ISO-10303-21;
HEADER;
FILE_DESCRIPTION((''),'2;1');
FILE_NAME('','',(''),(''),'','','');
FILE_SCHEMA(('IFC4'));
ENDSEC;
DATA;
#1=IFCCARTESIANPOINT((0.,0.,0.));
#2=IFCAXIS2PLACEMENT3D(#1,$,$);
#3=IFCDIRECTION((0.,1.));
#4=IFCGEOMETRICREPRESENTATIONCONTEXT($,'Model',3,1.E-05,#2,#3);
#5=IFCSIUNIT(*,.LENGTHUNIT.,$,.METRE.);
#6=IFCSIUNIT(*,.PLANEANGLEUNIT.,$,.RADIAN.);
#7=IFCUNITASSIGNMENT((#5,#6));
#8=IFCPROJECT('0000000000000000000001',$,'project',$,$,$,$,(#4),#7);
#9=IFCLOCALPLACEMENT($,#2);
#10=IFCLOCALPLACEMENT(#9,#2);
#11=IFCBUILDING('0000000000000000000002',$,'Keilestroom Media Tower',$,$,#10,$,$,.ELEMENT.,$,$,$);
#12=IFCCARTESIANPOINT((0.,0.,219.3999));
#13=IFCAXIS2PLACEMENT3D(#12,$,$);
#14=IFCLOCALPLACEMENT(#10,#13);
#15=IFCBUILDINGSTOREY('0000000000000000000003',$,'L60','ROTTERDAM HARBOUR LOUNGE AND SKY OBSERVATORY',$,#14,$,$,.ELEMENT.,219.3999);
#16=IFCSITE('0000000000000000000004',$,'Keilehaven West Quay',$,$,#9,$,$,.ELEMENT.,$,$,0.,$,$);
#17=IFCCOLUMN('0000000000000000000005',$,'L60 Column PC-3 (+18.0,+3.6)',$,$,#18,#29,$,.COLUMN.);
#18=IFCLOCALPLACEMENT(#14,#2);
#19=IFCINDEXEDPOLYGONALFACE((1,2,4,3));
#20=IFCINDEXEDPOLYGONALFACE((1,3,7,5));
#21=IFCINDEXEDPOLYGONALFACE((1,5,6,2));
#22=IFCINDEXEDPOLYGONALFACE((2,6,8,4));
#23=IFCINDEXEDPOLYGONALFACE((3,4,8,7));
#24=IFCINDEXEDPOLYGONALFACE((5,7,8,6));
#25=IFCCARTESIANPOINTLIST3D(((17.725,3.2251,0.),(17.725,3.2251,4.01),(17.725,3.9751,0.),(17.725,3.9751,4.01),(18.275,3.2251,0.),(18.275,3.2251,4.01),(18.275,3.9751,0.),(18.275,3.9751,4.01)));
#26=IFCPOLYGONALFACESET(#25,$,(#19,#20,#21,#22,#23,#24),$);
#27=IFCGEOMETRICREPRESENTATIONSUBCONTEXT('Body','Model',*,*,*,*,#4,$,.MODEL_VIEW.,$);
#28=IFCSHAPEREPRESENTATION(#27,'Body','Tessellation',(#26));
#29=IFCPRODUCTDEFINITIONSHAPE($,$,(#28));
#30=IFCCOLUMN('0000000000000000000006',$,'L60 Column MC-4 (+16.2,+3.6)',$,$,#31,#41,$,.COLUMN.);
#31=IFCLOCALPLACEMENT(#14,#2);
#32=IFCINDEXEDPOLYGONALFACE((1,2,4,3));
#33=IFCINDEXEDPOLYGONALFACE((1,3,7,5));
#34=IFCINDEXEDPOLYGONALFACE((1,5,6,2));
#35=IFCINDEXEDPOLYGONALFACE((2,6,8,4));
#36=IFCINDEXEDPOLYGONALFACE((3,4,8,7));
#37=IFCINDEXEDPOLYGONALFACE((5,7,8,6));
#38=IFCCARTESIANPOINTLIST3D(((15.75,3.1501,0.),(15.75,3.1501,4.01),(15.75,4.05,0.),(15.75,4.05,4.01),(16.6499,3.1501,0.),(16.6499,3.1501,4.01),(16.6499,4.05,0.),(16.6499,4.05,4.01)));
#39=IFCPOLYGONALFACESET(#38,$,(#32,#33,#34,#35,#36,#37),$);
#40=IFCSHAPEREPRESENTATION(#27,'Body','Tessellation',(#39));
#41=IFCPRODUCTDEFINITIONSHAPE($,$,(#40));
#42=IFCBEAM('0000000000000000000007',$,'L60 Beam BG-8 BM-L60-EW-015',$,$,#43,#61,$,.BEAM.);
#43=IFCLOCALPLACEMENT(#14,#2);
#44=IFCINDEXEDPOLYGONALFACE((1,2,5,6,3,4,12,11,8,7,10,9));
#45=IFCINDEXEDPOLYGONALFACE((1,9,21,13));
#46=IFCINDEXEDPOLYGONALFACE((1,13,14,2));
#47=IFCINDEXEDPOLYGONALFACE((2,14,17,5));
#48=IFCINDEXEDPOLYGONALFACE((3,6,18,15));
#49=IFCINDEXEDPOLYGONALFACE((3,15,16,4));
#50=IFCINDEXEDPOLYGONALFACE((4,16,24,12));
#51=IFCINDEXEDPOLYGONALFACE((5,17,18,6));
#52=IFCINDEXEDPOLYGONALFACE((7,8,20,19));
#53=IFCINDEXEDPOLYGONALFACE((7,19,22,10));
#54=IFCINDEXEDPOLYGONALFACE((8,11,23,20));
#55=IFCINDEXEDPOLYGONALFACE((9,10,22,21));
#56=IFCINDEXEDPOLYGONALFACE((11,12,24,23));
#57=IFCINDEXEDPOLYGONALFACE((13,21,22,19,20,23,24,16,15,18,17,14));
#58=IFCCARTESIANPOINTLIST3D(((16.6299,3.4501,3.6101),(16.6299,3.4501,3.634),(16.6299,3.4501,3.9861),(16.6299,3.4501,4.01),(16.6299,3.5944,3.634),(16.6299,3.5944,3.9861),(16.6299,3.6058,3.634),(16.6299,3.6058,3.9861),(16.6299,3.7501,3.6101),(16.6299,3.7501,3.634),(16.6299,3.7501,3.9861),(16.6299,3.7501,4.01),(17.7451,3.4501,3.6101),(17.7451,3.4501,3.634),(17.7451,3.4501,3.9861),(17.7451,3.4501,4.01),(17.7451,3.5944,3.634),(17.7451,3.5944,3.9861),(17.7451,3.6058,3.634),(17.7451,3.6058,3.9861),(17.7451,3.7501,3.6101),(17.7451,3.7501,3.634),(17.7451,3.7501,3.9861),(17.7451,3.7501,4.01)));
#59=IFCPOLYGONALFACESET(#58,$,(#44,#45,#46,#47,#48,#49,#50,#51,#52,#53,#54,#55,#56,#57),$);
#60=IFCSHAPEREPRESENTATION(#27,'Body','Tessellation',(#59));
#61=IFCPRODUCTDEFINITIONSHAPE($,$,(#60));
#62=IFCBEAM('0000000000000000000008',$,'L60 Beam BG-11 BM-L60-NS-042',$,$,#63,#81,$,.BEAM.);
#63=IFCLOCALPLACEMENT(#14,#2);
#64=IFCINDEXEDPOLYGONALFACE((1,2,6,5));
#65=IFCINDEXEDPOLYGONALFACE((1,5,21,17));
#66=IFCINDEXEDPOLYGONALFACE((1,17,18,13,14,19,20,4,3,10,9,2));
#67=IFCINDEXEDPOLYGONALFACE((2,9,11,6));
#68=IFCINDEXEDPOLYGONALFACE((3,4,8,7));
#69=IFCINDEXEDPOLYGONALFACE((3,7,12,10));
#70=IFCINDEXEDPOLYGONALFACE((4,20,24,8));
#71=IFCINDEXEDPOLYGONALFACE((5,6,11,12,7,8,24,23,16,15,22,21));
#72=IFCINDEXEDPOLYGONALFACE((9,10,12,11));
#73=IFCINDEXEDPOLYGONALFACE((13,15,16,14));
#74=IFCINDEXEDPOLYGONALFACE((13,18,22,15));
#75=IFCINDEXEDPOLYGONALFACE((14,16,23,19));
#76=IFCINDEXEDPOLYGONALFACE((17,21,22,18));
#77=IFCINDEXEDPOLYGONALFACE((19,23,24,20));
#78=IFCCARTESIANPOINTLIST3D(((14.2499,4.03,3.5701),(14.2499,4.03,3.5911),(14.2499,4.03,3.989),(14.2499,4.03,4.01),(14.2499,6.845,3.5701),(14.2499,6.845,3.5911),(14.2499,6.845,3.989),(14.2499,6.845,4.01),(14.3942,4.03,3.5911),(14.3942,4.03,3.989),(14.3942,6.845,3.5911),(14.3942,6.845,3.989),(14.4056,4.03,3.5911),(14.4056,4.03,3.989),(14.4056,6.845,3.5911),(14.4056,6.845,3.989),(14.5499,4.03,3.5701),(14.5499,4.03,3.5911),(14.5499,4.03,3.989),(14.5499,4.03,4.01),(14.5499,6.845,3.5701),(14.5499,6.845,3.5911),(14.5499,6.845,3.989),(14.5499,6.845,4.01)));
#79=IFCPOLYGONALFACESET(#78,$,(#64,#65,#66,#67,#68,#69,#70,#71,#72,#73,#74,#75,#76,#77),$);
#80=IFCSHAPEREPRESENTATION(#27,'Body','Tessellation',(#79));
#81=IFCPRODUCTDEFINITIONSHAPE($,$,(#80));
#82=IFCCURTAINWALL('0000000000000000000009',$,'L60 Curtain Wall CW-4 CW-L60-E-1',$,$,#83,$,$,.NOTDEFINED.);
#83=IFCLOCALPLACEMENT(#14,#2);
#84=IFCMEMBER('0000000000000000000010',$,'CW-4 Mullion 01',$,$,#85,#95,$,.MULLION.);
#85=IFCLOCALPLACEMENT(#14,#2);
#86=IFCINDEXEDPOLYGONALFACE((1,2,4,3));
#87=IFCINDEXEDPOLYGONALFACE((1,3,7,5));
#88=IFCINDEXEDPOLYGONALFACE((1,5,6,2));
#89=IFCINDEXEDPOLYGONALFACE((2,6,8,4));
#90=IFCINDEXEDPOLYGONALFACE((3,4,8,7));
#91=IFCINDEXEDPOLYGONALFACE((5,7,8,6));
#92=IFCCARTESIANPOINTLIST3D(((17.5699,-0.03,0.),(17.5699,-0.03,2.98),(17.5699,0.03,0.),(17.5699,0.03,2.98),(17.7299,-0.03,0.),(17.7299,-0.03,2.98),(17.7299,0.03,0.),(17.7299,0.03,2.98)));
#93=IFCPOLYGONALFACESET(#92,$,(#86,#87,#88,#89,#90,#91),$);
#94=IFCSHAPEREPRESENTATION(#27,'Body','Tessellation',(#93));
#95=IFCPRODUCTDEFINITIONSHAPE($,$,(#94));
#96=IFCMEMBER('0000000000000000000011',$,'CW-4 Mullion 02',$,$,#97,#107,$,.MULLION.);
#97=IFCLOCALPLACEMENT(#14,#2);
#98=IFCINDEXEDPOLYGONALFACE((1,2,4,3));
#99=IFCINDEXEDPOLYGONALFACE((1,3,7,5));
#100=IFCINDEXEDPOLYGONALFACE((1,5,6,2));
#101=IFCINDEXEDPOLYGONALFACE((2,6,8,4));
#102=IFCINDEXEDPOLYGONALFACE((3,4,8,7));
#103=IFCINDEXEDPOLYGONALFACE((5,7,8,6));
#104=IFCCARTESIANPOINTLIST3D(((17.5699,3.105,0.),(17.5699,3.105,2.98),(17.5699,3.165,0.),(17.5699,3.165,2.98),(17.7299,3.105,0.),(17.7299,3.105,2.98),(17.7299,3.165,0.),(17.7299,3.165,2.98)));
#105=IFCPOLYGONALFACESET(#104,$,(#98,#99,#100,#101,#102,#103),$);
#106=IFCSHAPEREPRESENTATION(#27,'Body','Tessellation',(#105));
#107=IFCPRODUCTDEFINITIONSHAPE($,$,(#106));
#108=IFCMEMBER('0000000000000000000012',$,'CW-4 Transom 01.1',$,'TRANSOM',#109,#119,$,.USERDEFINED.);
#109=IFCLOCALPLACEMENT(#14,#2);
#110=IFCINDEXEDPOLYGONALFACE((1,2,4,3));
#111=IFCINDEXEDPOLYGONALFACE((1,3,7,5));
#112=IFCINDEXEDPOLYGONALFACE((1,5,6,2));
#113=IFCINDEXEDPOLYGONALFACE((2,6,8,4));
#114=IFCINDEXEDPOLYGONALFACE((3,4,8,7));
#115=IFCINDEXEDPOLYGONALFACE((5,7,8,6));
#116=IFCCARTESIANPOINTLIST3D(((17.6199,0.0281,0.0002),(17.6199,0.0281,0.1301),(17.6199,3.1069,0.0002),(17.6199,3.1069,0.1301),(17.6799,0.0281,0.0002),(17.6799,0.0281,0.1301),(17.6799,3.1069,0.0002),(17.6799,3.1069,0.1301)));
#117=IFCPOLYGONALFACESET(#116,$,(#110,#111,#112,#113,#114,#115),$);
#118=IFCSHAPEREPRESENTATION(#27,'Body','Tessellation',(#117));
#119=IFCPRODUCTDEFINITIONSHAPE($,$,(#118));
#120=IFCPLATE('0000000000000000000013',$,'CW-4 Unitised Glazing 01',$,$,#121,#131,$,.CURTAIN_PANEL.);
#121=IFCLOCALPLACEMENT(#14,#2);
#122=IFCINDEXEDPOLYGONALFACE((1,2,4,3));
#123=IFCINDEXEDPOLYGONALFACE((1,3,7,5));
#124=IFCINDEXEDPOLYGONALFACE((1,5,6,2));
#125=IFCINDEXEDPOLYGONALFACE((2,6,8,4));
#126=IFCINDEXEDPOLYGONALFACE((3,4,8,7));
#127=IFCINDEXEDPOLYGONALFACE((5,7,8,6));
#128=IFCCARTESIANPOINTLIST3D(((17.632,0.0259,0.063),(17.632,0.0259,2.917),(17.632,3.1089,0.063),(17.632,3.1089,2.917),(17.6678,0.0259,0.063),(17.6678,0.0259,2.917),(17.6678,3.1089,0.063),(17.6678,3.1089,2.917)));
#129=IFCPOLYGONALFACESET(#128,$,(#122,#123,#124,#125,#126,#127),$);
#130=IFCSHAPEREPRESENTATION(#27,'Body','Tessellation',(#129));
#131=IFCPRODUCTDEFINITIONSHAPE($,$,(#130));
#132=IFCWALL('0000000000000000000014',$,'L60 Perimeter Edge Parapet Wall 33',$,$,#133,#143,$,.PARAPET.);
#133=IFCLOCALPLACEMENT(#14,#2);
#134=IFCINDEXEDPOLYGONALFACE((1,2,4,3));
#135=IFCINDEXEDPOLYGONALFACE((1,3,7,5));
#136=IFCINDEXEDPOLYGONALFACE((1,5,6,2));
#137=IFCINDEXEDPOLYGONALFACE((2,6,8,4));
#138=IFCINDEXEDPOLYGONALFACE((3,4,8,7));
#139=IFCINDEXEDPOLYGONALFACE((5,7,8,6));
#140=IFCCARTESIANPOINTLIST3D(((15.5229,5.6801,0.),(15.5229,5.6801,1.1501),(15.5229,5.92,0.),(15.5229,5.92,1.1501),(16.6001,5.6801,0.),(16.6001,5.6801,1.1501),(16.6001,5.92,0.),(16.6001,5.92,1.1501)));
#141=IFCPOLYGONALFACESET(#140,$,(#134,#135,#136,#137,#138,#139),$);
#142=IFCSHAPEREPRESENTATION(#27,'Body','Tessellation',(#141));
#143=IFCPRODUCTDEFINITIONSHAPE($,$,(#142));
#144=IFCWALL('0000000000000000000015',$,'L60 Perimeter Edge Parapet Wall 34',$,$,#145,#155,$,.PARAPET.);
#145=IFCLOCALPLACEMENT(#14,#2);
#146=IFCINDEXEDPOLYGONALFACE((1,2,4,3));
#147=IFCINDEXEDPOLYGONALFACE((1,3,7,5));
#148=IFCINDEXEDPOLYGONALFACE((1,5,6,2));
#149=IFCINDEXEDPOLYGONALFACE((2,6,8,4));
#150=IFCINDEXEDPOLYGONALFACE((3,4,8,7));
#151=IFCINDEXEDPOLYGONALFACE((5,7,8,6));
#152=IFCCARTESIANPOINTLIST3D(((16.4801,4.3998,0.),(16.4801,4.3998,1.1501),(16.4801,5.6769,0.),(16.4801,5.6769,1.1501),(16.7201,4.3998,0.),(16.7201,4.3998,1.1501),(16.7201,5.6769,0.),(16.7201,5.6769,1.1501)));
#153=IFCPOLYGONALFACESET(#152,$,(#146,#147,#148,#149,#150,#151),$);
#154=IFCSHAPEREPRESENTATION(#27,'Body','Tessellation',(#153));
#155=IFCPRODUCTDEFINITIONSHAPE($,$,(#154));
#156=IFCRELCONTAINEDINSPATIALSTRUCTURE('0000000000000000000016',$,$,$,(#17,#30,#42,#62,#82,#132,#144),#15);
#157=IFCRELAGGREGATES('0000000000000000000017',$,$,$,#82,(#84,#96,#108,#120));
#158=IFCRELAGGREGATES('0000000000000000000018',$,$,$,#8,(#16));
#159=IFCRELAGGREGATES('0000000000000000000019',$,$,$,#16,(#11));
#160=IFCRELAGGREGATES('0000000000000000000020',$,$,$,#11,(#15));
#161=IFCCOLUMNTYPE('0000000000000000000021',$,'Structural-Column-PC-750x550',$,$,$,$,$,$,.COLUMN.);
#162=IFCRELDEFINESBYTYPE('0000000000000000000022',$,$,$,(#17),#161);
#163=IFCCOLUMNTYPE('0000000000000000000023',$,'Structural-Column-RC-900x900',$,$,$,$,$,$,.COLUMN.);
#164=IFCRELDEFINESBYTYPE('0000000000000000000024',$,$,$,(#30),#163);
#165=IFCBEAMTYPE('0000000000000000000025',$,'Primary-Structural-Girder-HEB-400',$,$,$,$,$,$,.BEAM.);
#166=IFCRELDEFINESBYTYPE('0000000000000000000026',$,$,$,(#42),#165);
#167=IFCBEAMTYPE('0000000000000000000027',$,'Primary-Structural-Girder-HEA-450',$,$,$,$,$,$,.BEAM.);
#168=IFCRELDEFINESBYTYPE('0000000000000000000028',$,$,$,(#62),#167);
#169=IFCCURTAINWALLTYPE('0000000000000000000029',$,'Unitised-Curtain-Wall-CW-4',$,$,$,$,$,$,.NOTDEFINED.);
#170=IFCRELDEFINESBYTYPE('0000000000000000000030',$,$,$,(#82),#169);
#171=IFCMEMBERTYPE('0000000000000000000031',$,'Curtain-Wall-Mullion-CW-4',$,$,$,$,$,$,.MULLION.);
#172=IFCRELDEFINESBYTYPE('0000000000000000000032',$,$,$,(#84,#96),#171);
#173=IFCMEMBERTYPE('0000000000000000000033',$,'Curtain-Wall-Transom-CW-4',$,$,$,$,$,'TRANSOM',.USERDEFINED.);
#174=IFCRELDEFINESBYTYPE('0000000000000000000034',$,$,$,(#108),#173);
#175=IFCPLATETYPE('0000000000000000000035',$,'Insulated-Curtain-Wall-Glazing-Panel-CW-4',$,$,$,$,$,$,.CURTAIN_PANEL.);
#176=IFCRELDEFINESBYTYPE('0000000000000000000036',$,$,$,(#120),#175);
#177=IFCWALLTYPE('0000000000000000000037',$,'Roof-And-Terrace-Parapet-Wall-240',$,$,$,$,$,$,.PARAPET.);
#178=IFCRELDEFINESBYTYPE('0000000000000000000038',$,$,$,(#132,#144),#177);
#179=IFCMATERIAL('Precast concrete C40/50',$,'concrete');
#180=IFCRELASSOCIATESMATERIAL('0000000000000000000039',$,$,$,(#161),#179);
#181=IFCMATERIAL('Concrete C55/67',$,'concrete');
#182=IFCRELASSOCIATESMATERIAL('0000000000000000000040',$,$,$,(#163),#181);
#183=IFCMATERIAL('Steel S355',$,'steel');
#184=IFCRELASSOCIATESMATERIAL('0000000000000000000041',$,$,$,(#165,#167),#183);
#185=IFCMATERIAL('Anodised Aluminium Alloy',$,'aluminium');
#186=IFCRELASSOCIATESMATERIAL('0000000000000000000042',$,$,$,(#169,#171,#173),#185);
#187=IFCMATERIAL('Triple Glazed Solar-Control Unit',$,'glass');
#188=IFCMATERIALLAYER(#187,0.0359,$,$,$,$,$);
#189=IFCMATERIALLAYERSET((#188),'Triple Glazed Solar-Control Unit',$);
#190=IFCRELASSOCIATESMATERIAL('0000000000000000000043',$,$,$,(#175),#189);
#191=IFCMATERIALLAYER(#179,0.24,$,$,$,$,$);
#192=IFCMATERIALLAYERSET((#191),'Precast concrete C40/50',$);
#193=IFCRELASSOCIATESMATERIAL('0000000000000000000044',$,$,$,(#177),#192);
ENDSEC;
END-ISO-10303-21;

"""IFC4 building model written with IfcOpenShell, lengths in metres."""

from ifc_helpers import new_model, si_unit, direction, frame, frame_2d, origin, origin_2d, place, context, subcontext, project, spatial, rectangle, i_section, extrude, source, transform, mapped, material, layer, layer_set, material_profile, profile_set, type_object, element, aggregate, save


model = new_model("IFC4")

# Units and contexts
model_context = context("Model", 3, precision=1e-05, world=origin(), true_north=direction((0.0, 1.0)))
body_context = subcontext(model_context, "Body", "Model", "MODEL_VIEW")
ifc_project = project(units=[si_unit("LENGTHUNIT", "METRE"), si_unit("PLANEANGLEUNIT", "RADIAN")], contexts=[model_context])

# Site, building, storey
site_placement = place(None, origin())
site = spatial("IfcSite", under=ifc_project, at=site_placement, Name="Keilehaven West Quay", CompositionType="ELEMENT", RefElevation=0.0)
building_placement = place(site_placement, origin())
building = spatial("IfcBuilding", under=site, at=building_placement, Name="Keilestroom Media Tower", CompositionType="ELEMENT")
storey_placement = place(building_placement, frame((0.0, 0.0, 219.3999)))
storey = spatial("IfcBuildingStorey", under=building, at=storey_placement, Name="L60", Description="ROTTERDAM HARBOUR LOUNGE AND SKY OBSERVATORY", CompositionType="ELEMENT", Elevation=219.3999)

# Columns
ifc_material_1 = material(Name="Precast concrete C40/50", Category="concrete")
ifc_material_profile_1 = material_profile(ifc_material_1, rectangle(XDim=0.55, YDim=0.75, at=origin_2d()), Name="PC 750x550")
ifc_profile_set_1 = profile_set([ifc_material_profile_1], Name="Precast concrete C40/50")
column_type_1 = type_object("IfcColumnType", Name="Structural-Column-PC-750x550", PredefinedType="COLUMN", material=ifc_profile_set_1)
shared_shape_1 = source(origin(), body_context, "Body", "SweptSolid", [
    extrude(rectangle(XDim=0.55, YDim=0.75, at=origin_2d()), origin(), (0.0, 0.0, 1.0), 4.01),
])
column_1_placement = place(storey_placement, frame((18.0, 3.6001, 0.0), z_axis=(0.0, 0.0, 1.0), x_axis=(1.0, 0.0, 0.0)))
element("IfcColumn", 1, at=column_1_placement, inside=storey, type_object=column_type_1, Name="L60 Column PC-3 (+18.0,+3.6)", PredefinedType="COLUMN", context=body_context, shape_type="MappedRepresentation", body=[
    mapped(shared_shape_1, transform((0.0, 0.0, 0.0), x_axis=(1.0, 0.0, 0.0), y_axis=(0.0, 1.0, 0.0), z_axis=(0.0, 0.0, 1.0), scale=1.0)),
])
ifc_material_2 = material(Name="Concrete C55/67", Category="concrete")
ifc_material_profile_2 = material_profile(ifc_material_2, rectangle(XDim=0.8999, YDim=0.8999, at=origin_2d()), Name="RC 900x900")
ifc_profile_set_2 = profile_set([ifc_material_profile_2], Name="Concrete C55/67")
column_type_2 = type_object("IfcColumnType", Name="Structural-Column-RC-900x900", PredefinedType="COLUMN", material=ifc_profile_set_2)
shared_shape_2 = source(origin(), body_context, "Body", "SweptSolid", [
    extrude(rectangle(XDim=0.8999, YDim=0.8999, at=origin_2d()), origin(), (0.0, 0.0, 1.0), 4.01),
])
column_2_placement = place(storey_placement, frame((16.2, 3.6001, 0.0), z_axis=(0.0, 0.0, 1.0), x_axis=(1.0, 0.0, 0.0)))
element("IfcColumn", 2, at=column_2_placement, inside=storey, type_object=column_type_2, Name="L60 Column MC-4 (+16.2,+3.6)", PredefinedType="COLUMN", context=body_context, shape_type="MappedRepresentation", body=[
    mapped(shared_shape_2, transform((0.0, 0.0, 0.0), x_axis=(1.0, 0.0, 0.0), y_axis=(0.0, 1.0, 0.0), z_axis=(0.0, 0.0, 1.0), scale=1.0)),
])

# Beams
ifc_material_3 = material(Name="Steel S355", Category="steel")
ifc_material_profile_3 = material_profile(ifc_material_3, i_section(OverallWidth=0.3, OverallDepth=0.3999, WebThickness=0.0115, FlangeThickness=0.0239, at=origin_2d()), Name="HEB 400")
ifc_profile_set_3 = profile_set([ifc_material_profile_3], Name="Steel S355")
beam_type_1 = type_object("IfcBeamType", Name="Primary-Structural-Girder-HEB-400", PredefinedType="BEAM", material=ifc_profile_set_3)
shared_shape_3 = source(origin(), body_context, "Body", "SweptSolid", [
    extrude(i_section(OverallWidth=0.3, OverallDepth=0.3999, WebThickness=0.0115, FlangeThickness=0.0239, at=origin_2d()), origin(), (0.0, 0.0, 1.0), 1.1152),
])
beam_1_placement = place(storey_placement, frame((16.6299, 3.6001, 3.8101), z_axis=(1.0, 0.0, 0.0), x_axis=(0.0, 1.0, 0.0)))
element("IfcBeam", 3, at=beam_1_placement, inside=storey, type_object=beam_type_1, Name="L60 Beam BG-8 BM-L60-EW-015", PredefinedType="BEAM", context=body_context, shape_type="MappedRepresentation", body=[
    mapped(shared_shape_3, transform((0.0, 0.0, 0.0), x_axis=(1.0, 0.0, 0.0), y_axis=(0.0, 1.0, 0.0), z_axis=(0.0, 0.0, 1.0), scale=1.0)),
])
ifc_material_profile_4 = material_profile(ifc_material_3, i_section(OverallWidth=0.3, OverallDepth=0.4399, WebThickness=0.0115, FlangeThickness=0.021, at=origin_2d()), Name="HEA 450")
ifc_profile_set_4 = profile_set([ifc_material_profile_4], Name="Steel S355")
beam_type_2 = type_object("IfcBeamType", Name="Primary-Structural-Girder-HEA-450", PredefinedType="BEAM", material=ifc_profile_set_4)
shared_shape_4 = source(origin(), body_context, "Body", "SweptSolid", [
    extrude(i_section(OverallWidth=0.3, OverallDepth=0.4399, WebThickness=0.0115, FlangeThickness=0.021, at=origin_2d()), origin(), (0.0, 0.0, 1.0), 2.8149),
])
beam_2_placement = place(storey_placement, frame((14.3999, 4.03, 3.79), z_axis=(0.0, 1.0, 0.0), x_axis=(-1.0, 0.0, 0.0)))
element("IfcBeam", 4, at=beam_2_placement, inside=storey, type_object=beam_type_2, Name="L60 Beam BG-11 BM-L60-NS-042", PredefinedType="BEAM", context=body_context, shape_type="MappedRepresentation", body=[
    mapped(shared_shape_4, transform((0.0, 0.0, 0.0), x_axis=(1.0, 0.0, 0.0), y_axis=(0.0, 1.0, 0.0), z_axis=(0.0, 0.0, 1.0), scale=1.0)),
])

# Curtain wall, members, plate
ifc_material_4 = material(Name="Anodised Aluminium Alloy", Category="aluminium")
curtain_wall_type = type_object("IfcCurtainWallType", Name="Unitised-Curtain-Wall-CW-4", PredefinedType="NOTDEFINED", material=ifc_material_4)
curtain_wall_placement = place(storey_placement, origin())
curtain_wall = element("IfcCurtainWall", 5, at=curtain_wall_placement, inside=storey, type_object=curtain_wall_type, Name="L60 Curtain Wall CW-4 CW-L60-E-1", PredefinedType="NOTDEFINED")
ifc_material_profile_5 = material_profile(ifc_material_4, rectangle(XDim=0.0601, YDim=0.1599, at=origin_2d()), Name="ALU MULLION 60x160")
ifc_profile_set_5 = profile_set([ifc_material_profile_5], Name="Anodised Aluminium Alloy")
member_type_1 = type_object("IfcMemberType", Name="Curtain-Wall-Mullion-CW-4", PredefinedType="MULLION", material=ifc_profile_set_5)
shared_shape_5 = source(origin(), body_context, "Body", "SweptSolid", [
    extrude(rectangle(XDim=0.0601, YDim=0.1599, at=origin_2d()), origin(), (0.0, 0.0, 1.0), 2.98),
])
member_1_placement = place(storey_placement, frame((17.6499, 0.0, 0.0), z_axis=(0.0, 0.0, 1.0), x_axis=(0.0, 1.0, 0.0)))
member_1 = element("IfcMember", 6, at=member_1_placement, type_object=member_type_1, Name="CW-4 Mullion 01", PredefinedType="MULLION", context=body_context, shape_type="MappedRepresentation", body=[
    mapped(shared_shape_5, transform((0.0, 0.0, 0.0), x_axis=(1.0, 0.0, 0.0), y_axis=(0.0, 1.0, 0.0), z_axis=(0.0, 0.0, 1.0), scale=1.0)),
])
member_2_placement = place(storey_placement, frame((17.6499, 3.135, 0.0), z_axis=(0.0, 0.0, 1.0), x_axis=(0.0, 1.0, 0.0)))
member_2 = element("IfcMember", 7, at=member_2_placement, type_object=member_type_1, Name="CW-4 Mullion 02", PredefinedType="MULLION", context=body_context, shape_type="MappedRepresentation", body=[
    mapped(shared_shape_5, transform((0.0, 0.0, 0.0), x_axis=(1.0, 0.0, 0.0), y_axis=(0.0, 1.0, 0.0), z_axis=(0.0, 0.0, 1.0), scale=1.0)),
])
ifc_material_profile_6 = material_profile(ifc_material_4, rectangle(XDim=0.0601, YDim=0.1299, at=origin_2d()), Name="ALU TRANSOM 60x130")
ifc_profile_set_6 = profile_set([ifc_material_profile_6], Name="Anodised Aluminium Alloy")
member_type_2 = type_object("IfcMemberType", Name="Curtain-Wall-Transom-CW-4", ElementType="TRANSOM", PredefinedType="USERDEFINED", material=ifc_profile_set_6)
shared_shape_6 = source(origin(), body_context, "Body", "SweptSolid", [
    extrude(rectangle(XDim=0.0601, YDim=0.1299, at=origin_2d()), origin(), (0.0, 0.0, 1.0), 3.0789),
])
member_3_placement = place(storey_placement, frame((17.6499, 0.0281, 0.0652), z_axis=(0.0, 1.0, 0.0), x_axis=(-1.0, 0.0, 0.0)))
member_3 = element("IfcMember", 8, at=member_3_placement, type_object=member_type_2, Name="CW-4 Transom 01.1", ObjectType="TRANSOM", PredefinedType="USERDEFINED", context=body_context, shape_type="MappedRepresentation", body=[
    mapped(shared_shape_6, transform((0.0, 0.0, 0.0), x_axis=(1.0, 0.0, 0.0), y_axis=(0.0, 1.0, 0.0), z_axis=(0.0, 0.0, 1.0), scale=1.0)),
])
ifc_material_5 = material(Name="Triple Glazed Solar-Control Unit", Category="glass")
ifc_layer_1 = layer(ifc_material_5, 0.0359)
ifc_layer_set_1 = layer_set([ifc_layer_1], Name="Triple Glazed Solar-Control Unit")
plate_type = type_object("IfcPlateType", Name="Insulated-Curtain-Wall-Glazing-Panel-CW-4", PredefinedType="CURTAIN_PANEL", material=ifc_layer_set_1)
shared_shape_7 = source(origin(), body_context, "Body", "SweptSolid", [
    extrude(rectangle(XDim=3.083, YDim=0.0359, at=origin_2d()), origin(), (0.0, 0.0, 1.0), 2.854),
])
plate_placement = place(storey_placement, frame((17.6499, 1.5674, 0.063), z_axis=(0.0, 0.0, 1.0), x_axis=(0.0, 1.0, 0.0)))
plate = element("IfcPlate", 9, at=plate_placement, type_object=plate_type, Name="CW-4 Unitised Glazing 01", PredefinedType="CURTAIN_PANEL", context=body_context, shape_type="MappedRepresentation", body=[
    mapped(shared_shape_7, transform((0.0, 0.0, 0.0), x_axis=(1.0, 0.0, 0.0), y_axis=(0.0, 1.0, 0.0), z_axis=(0.0, 0.0, 1.0), scale=1.0)),
])
aggregate(curtain_wall, [member_1, member_2, member_3, plate])

# Walls
ifc_layer_2 = layer(ifc_material_1, 0.24)
ifc_layer_set_2 = layer_set([ifc_layer_2], Name="Precast concrete C40/50")
wall_type = type_object("IfcWallType", Name="Roof-And-Terrace-Parapet-Wall-240", PredefinedType="PARAPET", material=ifc_layer_set_2)
wall_1_placement = place(storey_placement, frame((15.5229, 5.8, 0.0), z_axis=(0.0, 0.0, 1.0), x_axis=(1.0, 0.0, 0.0)))
element("IfcWall", 10, at=wall_1_placement, inside=storey, type_object=wall_type, Name="L60 Perimeter Edge Parapet Wall 33", PredefinedType="PARAPET", context=body_context, shape_type="SweptSolid", body=[
    extrude(rectangle(XDim=1.0771, YDim=0.24, at=frame_2d((0.5386, 0.0))), origin(), (0.0, 0.0, 1.0), 1.1501),
])
wall_2_placement = place(storey_placement, frame((16.6001, 5.677, 0.0), z_axis=(0.0, 0.0, 1.0), x_axis=(0.0, -1.0, 0.0)))
element("IfcWall", 11, at=wall_2_placement, inside=storey, type_object=wall_type, Name="L60 Perimeter Edge Parapet Wall 34", PredefinedType="PARAPET", context=body_context, shape_type="SweptSolid", body=[
    extrude(rectangle(XDim=1.2771, YDim=0.24, at=frame_2d((0.6387, 0.0))), origin(), (0.0, 0.0, 1.0), 1.1501),
])

save(model, "model.ifc")
